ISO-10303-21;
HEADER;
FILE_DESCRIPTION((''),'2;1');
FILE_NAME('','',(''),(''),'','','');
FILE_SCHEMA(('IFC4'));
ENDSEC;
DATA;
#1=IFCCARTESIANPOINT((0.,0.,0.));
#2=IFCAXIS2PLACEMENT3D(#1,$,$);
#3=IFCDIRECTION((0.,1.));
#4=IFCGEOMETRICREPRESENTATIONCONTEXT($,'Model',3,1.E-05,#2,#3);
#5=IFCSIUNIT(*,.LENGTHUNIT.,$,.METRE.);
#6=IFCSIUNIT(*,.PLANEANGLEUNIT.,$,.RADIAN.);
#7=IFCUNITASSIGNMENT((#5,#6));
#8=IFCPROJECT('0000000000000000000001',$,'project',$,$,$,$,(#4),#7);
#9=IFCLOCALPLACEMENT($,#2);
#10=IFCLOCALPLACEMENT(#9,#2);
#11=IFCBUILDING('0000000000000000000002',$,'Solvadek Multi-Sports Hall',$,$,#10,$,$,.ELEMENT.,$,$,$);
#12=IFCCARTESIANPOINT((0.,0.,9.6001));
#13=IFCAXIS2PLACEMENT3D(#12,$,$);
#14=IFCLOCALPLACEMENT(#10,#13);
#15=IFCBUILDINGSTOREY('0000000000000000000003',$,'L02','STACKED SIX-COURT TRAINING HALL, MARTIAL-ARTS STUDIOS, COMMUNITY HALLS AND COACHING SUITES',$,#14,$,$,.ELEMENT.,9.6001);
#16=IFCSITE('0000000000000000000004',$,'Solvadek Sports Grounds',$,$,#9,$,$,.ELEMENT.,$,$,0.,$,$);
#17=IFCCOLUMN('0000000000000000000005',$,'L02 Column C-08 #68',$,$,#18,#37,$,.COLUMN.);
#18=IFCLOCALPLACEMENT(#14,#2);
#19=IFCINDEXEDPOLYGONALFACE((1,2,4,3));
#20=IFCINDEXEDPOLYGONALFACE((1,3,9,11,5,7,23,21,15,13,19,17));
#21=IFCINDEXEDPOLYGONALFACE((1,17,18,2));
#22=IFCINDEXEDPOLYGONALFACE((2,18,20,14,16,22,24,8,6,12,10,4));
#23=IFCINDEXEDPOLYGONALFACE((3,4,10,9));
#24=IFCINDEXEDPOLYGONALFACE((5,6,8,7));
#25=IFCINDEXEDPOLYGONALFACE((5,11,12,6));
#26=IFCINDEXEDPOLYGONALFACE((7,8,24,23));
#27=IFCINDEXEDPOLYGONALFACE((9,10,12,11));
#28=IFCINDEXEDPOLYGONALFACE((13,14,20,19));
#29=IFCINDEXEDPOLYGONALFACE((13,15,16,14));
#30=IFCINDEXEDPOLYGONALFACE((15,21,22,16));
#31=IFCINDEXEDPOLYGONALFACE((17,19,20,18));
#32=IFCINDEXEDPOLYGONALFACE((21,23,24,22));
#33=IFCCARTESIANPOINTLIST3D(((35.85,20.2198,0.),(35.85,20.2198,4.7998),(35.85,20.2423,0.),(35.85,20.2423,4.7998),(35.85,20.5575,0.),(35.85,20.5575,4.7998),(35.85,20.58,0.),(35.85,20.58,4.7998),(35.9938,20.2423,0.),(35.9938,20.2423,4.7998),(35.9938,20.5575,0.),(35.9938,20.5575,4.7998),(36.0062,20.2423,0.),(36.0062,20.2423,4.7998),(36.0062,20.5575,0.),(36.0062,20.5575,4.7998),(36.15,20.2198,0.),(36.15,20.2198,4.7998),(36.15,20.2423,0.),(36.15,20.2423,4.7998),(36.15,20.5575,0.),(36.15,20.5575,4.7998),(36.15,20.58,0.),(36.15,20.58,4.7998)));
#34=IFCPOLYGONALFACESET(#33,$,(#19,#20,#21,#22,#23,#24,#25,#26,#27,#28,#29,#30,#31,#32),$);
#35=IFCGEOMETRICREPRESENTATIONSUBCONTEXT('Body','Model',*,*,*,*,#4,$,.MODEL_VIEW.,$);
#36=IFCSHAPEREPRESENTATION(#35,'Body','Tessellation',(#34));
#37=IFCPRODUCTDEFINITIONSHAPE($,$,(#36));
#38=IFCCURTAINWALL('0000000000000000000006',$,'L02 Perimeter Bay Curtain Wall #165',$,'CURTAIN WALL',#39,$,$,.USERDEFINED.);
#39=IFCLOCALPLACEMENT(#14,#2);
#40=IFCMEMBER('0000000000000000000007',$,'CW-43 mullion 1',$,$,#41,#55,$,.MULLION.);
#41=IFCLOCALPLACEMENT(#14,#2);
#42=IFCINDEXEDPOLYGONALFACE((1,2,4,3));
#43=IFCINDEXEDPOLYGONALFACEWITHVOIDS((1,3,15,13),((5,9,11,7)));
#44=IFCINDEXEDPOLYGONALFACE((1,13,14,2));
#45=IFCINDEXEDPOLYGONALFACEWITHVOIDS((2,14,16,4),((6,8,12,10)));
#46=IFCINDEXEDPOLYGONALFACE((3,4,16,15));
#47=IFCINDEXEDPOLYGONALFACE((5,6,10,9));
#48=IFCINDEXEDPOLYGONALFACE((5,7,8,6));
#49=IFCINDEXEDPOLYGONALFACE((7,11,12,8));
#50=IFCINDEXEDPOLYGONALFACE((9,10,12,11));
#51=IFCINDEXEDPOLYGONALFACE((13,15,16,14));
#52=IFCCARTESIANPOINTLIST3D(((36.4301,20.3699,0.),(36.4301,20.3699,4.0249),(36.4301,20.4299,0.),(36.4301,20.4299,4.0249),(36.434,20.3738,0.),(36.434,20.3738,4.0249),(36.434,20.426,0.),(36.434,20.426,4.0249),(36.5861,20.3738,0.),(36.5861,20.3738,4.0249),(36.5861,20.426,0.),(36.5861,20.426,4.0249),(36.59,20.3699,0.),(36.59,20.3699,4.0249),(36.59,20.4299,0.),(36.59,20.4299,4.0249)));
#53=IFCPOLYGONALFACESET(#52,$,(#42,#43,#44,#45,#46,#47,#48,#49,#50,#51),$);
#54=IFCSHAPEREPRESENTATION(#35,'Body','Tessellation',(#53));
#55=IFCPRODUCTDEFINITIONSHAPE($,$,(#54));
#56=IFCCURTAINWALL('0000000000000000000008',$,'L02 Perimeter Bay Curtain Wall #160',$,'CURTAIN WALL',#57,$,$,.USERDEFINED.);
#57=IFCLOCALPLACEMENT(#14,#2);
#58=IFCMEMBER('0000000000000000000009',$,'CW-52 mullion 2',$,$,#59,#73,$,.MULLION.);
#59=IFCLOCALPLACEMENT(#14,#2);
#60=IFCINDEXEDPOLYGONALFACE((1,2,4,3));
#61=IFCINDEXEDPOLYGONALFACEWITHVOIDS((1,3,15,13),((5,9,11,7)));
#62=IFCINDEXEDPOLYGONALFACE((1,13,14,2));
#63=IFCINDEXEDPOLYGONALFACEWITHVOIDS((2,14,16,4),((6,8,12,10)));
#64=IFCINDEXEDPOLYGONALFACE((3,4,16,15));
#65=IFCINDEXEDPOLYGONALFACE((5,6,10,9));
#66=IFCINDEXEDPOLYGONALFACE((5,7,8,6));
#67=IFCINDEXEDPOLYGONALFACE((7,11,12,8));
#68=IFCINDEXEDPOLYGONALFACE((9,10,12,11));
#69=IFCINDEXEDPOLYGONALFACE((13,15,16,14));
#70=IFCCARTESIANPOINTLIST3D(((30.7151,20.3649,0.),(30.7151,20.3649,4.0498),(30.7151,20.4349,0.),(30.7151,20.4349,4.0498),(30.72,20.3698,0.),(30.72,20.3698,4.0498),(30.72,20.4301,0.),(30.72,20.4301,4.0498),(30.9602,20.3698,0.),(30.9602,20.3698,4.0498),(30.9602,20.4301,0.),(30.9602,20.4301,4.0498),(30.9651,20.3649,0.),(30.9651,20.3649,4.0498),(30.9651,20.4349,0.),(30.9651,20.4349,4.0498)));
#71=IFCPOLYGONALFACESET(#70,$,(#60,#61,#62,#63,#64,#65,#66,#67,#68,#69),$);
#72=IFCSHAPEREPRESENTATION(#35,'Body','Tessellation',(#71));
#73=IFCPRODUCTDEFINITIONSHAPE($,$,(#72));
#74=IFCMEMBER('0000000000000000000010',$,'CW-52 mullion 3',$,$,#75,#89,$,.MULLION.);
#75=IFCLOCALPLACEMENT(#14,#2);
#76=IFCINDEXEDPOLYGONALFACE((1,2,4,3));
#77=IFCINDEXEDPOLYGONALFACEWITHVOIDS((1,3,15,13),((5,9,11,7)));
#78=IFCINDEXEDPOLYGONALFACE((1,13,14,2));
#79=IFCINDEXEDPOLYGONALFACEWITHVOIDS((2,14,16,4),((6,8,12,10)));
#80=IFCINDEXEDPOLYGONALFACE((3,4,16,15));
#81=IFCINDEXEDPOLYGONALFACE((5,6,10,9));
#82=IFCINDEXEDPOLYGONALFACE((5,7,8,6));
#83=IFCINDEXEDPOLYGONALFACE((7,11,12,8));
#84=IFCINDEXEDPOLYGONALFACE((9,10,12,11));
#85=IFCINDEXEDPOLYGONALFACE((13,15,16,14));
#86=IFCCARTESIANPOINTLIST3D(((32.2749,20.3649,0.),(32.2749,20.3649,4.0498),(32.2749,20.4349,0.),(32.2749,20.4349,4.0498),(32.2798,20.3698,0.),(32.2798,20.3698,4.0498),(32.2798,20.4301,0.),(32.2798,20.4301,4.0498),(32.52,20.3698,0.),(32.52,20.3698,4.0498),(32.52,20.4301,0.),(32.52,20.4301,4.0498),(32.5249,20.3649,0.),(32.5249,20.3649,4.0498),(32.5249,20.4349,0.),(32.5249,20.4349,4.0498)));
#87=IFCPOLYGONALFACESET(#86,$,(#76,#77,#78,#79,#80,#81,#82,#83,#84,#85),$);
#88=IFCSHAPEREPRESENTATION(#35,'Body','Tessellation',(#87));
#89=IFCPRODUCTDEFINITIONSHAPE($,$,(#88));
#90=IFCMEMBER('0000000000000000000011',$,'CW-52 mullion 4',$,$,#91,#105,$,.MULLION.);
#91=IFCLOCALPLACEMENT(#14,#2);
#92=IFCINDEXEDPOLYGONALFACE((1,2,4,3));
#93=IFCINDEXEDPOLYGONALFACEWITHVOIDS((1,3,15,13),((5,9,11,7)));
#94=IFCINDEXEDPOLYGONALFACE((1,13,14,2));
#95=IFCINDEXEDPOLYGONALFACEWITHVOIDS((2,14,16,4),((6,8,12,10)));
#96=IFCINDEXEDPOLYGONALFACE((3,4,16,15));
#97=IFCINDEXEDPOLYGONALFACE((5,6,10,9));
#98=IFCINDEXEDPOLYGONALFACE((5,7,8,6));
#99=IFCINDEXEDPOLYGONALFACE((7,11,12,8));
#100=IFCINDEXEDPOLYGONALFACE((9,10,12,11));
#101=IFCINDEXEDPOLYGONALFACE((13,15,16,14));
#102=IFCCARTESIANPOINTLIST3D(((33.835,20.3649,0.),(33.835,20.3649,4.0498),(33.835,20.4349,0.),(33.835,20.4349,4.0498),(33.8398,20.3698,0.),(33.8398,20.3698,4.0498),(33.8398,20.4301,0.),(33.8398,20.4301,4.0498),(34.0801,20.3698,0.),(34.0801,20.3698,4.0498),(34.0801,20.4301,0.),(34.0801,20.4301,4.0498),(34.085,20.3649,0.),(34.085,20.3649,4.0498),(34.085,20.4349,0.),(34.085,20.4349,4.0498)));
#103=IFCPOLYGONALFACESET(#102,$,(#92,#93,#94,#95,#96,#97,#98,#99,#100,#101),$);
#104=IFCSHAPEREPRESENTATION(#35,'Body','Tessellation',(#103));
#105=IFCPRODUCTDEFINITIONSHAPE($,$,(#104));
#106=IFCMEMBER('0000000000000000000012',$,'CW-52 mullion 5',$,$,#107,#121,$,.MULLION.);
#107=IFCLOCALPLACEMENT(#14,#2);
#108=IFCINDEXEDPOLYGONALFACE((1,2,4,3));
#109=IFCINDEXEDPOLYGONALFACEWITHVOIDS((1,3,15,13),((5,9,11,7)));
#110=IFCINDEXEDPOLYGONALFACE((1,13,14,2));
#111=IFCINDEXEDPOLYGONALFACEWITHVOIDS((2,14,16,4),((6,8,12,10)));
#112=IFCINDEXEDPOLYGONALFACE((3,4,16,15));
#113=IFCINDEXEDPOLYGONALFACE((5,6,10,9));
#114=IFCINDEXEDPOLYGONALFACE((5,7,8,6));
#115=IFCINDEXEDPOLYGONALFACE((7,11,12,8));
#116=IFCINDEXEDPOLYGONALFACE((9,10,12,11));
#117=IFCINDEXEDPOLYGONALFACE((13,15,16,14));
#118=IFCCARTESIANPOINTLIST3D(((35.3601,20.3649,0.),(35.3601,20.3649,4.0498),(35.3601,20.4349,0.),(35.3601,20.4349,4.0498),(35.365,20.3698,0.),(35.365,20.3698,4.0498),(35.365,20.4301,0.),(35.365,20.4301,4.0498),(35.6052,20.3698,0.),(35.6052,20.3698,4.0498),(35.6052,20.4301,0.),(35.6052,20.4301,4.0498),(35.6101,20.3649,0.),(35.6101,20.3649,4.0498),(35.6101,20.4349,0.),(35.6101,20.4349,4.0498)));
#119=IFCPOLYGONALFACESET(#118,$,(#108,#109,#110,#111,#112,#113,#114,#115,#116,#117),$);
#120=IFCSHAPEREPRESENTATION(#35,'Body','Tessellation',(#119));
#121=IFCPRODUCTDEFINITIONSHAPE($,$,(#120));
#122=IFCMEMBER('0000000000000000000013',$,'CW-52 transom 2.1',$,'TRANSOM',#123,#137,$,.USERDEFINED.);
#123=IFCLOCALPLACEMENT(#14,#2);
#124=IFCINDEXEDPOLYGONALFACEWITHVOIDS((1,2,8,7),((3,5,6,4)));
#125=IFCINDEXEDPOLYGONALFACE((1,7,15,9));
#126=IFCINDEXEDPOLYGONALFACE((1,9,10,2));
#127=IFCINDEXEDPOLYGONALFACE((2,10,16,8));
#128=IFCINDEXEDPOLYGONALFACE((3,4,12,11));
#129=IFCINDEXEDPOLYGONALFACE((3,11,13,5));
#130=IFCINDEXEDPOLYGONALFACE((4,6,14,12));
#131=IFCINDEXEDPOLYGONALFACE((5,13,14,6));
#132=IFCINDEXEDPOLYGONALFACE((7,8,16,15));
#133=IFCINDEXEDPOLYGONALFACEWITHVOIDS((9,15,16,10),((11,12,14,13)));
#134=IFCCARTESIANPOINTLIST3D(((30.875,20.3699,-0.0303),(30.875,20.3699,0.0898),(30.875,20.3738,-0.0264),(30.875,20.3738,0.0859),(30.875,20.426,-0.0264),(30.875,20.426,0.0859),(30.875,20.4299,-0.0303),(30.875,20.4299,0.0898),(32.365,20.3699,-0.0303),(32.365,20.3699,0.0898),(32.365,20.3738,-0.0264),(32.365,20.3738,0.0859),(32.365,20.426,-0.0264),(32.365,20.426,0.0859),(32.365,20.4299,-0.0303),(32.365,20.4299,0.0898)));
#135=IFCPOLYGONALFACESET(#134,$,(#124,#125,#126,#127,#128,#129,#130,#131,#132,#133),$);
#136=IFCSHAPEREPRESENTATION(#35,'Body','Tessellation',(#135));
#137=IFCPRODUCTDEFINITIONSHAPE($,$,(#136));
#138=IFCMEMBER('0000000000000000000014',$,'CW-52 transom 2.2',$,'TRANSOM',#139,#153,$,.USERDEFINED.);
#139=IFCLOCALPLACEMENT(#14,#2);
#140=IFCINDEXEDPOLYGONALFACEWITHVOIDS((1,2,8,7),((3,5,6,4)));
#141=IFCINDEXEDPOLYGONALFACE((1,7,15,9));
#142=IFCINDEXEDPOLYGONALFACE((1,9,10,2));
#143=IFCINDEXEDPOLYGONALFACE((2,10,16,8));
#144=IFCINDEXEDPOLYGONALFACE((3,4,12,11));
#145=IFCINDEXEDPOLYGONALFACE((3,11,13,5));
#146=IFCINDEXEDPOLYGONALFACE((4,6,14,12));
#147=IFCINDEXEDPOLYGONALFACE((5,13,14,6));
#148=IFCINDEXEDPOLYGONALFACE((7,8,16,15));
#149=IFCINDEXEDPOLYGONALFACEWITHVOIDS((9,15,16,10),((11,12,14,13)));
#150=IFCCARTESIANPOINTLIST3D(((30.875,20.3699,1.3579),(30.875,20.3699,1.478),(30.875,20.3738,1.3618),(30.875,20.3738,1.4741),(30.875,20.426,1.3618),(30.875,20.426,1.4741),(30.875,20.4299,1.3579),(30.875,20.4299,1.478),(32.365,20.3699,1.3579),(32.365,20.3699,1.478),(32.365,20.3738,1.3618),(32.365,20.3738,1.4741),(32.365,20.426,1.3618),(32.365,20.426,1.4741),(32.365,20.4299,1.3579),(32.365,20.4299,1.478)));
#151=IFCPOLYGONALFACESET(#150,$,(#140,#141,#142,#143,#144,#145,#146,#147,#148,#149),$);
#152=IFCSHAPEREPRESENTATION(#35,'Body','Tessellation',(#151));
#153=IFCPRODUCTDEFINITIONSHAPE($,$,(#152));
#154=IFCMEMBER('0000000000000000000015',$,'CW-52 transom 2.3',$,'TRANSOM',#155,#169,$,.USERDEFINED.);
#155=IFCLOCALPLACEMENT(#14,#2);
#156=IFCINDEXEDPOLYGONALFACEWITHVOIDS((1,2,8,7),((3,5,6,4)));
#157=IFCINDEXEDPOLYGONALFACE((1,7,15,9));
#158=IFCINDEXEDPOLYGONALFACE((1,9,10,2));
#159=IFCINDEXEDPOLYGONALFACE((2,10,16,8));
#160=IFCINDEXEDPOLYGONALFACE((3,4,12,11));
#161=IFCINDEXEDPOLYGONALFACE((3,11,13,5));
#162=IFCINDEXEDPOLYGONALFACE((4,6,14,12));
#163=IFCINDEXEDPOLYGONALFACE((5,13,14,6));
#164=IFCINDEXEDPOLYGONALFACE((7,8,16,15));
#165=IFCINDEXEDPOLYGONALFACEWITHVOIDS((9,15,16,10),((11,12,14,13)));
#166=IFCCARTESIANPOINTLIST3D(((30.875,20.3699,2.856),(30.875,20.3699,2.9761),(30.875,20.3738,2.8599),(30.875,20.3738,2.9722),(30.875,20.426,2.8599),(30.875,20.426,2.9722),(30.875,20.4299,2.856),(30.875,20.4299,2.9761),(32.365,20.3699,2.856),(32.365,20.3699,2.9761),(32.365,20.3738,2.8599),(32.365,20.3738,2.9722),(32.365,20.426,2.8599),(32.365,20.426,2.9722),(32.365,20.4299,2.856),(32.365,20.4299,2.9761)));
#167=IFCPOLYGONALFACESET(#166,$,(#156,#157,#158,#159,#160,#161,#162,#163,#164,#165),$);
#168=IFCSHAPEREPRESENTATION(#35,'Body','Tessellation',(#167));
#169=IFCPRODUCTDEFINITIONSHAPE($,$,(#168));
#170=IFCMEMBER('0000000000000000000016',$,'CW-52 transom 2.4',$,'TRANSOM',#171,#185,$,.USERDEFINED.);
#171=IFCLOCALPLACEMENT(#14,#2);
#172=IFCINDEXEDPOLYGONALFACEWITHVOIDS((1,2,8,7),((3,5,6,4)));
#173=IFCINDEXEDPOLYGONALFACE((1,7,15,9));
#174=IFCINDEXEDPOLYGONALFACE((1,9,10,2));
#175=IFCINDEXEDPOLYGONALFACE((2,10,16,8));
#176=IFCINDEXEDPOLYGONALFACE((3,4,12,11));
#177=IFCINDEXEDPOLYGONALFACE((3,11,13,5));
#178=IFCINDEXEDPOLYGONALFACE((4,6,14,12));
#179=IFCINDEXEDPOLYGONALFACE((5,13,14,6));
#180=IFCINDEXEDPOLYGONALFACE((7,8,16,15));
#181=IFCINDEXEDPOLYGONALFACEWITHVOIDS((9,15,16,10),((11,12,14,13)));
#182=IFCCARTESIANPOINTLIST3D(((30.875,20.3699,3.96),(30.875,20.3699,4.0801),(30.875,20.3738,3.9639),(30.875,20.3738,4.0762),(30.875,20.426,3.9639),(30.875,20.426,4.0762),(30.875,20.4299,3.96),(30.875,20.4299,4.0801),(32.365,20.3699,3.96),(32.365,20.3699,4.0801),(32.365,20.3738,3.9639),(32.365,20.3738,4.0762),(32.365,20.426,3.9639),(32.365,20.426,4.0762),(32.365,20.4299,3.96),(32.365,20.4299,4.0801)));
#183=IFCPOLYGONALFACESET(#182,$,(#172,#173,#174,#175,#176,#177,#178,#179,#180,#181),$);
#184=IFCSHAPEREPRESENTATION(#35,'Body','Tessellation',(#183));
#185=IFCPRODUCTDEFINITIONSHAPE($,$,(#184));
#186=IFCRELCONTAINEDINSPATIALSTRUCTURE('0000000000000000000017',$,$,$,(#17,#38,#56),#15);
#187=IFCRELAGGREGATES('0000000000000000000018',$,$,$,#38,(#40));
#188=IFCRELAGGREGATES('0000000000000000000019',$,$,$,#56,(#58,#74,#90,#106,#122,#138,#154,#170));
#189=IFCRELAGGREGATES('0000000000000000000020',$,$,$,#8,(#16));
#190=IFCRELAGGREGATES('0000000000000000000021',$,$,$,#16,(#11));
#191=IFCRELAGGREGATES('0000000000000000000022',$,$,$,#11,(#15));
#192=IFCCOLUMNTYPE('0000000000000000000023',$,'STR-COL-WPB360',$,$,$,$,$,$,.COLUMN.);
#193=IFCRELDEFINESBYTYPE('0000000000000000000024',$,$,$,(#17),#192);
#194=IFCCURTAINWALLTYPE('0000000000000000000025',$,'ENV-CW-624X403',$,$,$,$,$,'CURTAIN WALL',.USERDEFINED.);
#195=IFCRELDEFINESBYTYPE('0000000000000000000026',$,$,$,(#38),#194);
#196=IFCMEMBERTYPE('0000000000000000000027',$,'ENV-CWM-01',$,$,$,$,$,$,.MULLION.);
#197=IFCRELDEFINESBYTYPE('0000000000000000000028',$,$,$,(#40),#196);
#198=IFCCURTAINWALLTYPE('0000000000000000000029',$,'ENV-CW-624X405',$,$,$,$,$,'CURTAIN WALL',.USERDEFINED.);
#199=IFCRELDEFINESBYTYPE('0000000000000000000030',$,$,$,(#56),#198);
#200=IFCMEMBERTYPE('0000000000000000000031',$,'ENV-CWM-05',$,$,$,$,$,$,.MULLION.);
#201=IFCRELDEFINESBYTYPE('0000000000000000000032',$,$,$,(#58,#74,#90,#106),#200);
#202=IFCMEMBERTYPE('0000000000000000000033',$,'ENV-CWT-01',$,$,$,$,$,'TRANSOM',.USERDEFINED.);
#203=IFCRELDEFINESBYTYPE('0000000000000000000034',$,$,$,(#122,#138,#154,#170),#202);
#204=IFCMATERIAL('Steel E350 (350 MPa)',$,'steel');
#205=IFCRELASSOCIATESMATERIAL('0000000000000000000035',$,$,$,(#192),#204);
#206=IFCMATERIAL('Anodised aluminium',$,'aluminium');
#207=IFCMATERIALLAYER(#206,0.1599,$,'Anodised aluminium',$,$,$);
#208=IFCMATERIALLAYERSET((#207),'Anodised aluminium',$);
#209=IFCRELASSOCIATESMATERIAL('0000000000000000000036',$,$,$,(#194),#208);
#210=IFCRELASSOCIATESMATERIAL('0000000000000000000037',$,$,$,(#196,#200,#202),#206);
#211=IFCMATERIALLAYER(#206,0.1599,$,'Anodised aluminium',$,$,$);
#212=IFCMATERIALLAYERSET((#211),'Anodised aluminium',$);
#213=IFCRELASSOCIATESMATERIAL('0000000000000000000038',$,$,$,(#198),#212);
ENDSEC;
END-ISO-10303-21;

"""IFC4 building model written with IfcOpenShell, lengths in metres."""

from ifc_helpers import new_model, si_unit, direction, frame, origin, origin_2d, place, context, subcontext, project, spatial, hollow_rectangle, i_section, extrude, material, layer, layer_set, material_profile, profile_set, type_object, element, aggregate, save


model = new_model("IFC4")

# Units and contexts
model_context = context("Model", 3, precision=1e-05, world=origin(), true_north=direction((0.0, 1.0)))
body_context = subcontext(model_context, "Body", "Model", "MODEL_VIEW")
ifc_project = project(units=[si_unit("LENGTHUNIT", "METRE"), si_unit("PLANEANGLEUNIT", "RADIAN")], contexts=[model_context])

# Site, building, storey
site_placement = place(None, origin())
site = spatial("IfcSite", under=ifc_project, at=site_placement, Name="Solvadek Sports Grounds", CompositionType="ELEMENT", RefElevation=0.0)
building_placement = place(site_placement, origin())
building = spatial("IfcBuilding", under=site, at=building_placement, Name="Solvadek Multi-Sports Hall", CompositionType="ELEMENT")
storey_placement = place(building_placement, frame((0.0, 0.0, 9.6001)))
storey = spatial("IfcBuildingStorey", under=building, at=storey_placement, Name="L02", Description="STACKED SIX-COURT TRAINING HALL, MARTIAL-ARTS STUDIOS, COMMUNITY HALLS AND COACHING SUITES", CompositionType="ELEMENT", Elevation=9.6001)

# Column
ifc_material_1 = material(Name="Steel E350 (350 MPa)", Category="steel")
ifc_material_profile_1 = material_profile(ifc_material_1, i_section(OverallWidth=0.3, OverallDepth=0.3601, WebThickness=0.0125, FlangeThickness=0.0225, at=origin_2d()), Name="WPB 360")
ifc_profile_set_1 = profile_set([ifc_material_profile_1], Name="Steel E350 (350 MPa)")
column_type = type_object("IfcColumnType", Name="STR-COL-WPB360", PredefinedType="COLUMN", material=ifc_profile_set_1)
column_placement = place(storey_placement, frame((36.0, 20.3999, 0.0), z_axis=(0.0, 0.0, 1.0), x_axis=(1.0, 0.0, 0.0)))
element("IfcColumn", 1, at=column_placement, inside=storey, type_object=column_type, Name="L02 Column C-08 #68", PredefinedType="COLUMN", context=body_context, shape_type="SweptSolid", body=[
    extrude(i_section(OverallWidth=0.3, OverallDepth=0.3601, WebThickness=0.0125, FlangeThickness=0.0225, at=origin_2d()), origin(), (0.0, 0.0, 1.0), 4.7998),
])

# Curtain wall, member
ifc_material_2 = material(Name="Anodised aluminium", Category="aluminium")
ifc_layer_1 = layer(ifc_material_2, 0.1599, Name="Anodised aluminium")
ifc_layer_set_1 = layer_set([ifc_layer_1], Name="Anodised aluminium")
curtain_wall_type_1 = type_object("IfcCurtainWallType", Name="ENV-CW-624X403", ElementType="CURTAIN WALL", PredefinedType="USERDEFINED", material=ifc_layer_set_1)
curtain_wall_1_placement = place(storey_placement, origin())
curtain_wall_1 = element("IfcCurtainWall", 2, at=curtain_wall_1_placement, inside=storey, type_object=curtain_wall_type_1, Name="L02 Perimeter Bay Curtain Wall #165", ObjectType="CURTAIN WALL", PredefinedType="USERDEFINED")
ifc_material_profile_2 = material_profile(ifc_material_2, hollow_rectangle(XDim=0.0601, YDim=0.1599, WallThickness=0.0039, at=origin_2d()), Name="ALU-M 160x60x4")
ifc_profile_set_2 = profile_set([ifc_material_profile_2], Name="Anodised aluminium")
member_type_1 = type_object("IfcMemberType", Name="ENV-CWM-01", PredefinedType="MULLION", material=ifc_profile_set_2)
member_1_placement = place(storey_placement, frame((36.51, 20.3999, 0.0), z_axis=(0.0, 0.0, 1.0), x_axis=(0.0, 1.0, 0.0)))
member_1 = element("IfcMember", 3, at=member_1_placement, type_object=member_type_1, Name="CW-43 mullion 1", PredefinedType="MULLION", context=body_context, shape_type="SweptSolid", body=[
    extrude(hollow_rectangle(XDim=0.0601, YDim=0.1599, WallThickness=0.0039, at=origin_2d()), origin(), (0.0, 0.0, 1.0), 4.0249),
])

# Curtain wall, members
ifc_layer_2 = layer(ifc_material_2, 0.1599, Name="Anodised aluminium")
ifc_layer_set_2 = layer_set([ifc_layer_2], Name="Anodised aluminium")
curtain_wall_type_2 = type_object("IfcCurtainWallType", Name="ENV-CW-624X405", ElementType="CURTAIN WALL", PredefinedType="USERDEFINED", material=ifc_layer_set_2)
curtain_wall_2_placement = place(storey_placement, origin())
curtain_wall_2 = element("IfcCurtainWall", 4, at=curtain_wall_2_placement, inside=storey, type_object=curtain_wall_type_2, Name="L02 Perimeter Bay Curtain Wall #160", ObjectType="CURTAIN WALL", PredefinedType="USERDEFINED")
ifc_material_profile_3 = material_profile(ifc_material_2, hollow_rectangle(XDim=0.0701, YDim=0.25, WallThickness=0.0049, at=origin_2d()), Name="ALU-M 250x70x5")
ifc_profile_set_3 = profile_set([ifc_material_profile_3], Name="Anodised aluminium")
member_type_2 = type_object("IfcMemberType", Name="ENV-CWM-05", PredefinedType="MULLION", material=ifc_profile_set_3)
member_2_placement = place(storey_placement, frame((30.8401, 20.3999, 0.0), z_axis=(0.0, 0.0, 1.0), x_axis=(0.0, 1.0, 0.0)))
member_2 = element("IfcMember", 5, at=member_2_placement, type_object=member_type_2, Name="CW-52 mullion 2", PredefinedType="MULLION", context=body_context, shape_type="SweptSolid", body=[
    extrude(hollow_rectangle(XDim=0.0701, YDim=0.25, WallThickness=0.0049, at=origin_2d()), origin(), (0.0, 0.0, 1.0), 4.0498),
])
member_3_placement = place(storey_placement, frame((32.3999, 20.3999, 0.0), z_axis=(0.0, 0.0, 1.0), x_axis=(0.0, 1.0, 0.0)))
member_3 = element("IfcMember", 6, at=member_3_placement, type_object=member_type_2, Name="CW-52 mullion 3", PredefinedType="MULLION", context=body_context, shape_type="SweptSolid", body=[
    extrude(hollow_rectangle(XDim=0.0701, YDim=0.25, WallThickness=0.0049, at=origin_2d()), origin(), (0.0, 0.0, 1.0), 4.0498),
])
member_4_placement = place(storey_placement, frame((33.96, 20.3999, 0.0), z_axis=(0.0, 0.0, 1.0), x_axis=(0.0, 1.0, 0.0)))
member_4 = element("IfcMember", 7, at=member_4_placement, type_object=member_type_2, Name="CW-52 mullion 4", PredefinedType="MULLION", context=body_context, shape_type="SweptSolid", body=[
    extrude(hollow_rectangle(XDim=0.0701, YDim=0.25, WallThickness=0.0049, at=origin_2d()), origin(), (0.0, 0.0, 1.0), 4.0498),
])
member_5_placement = place(storey_placement, frame((35.4851, 20.3999, 0.0), z_axis=(0.0, 0.0, 1.0), x_axis=(0.0, 1.0, 0.0)))
member_5 = element("IfcMember", 8, at=member_5_placement, type_object=member_type_2, Name="CW-52 mullion 5", PredefinedType="MULLION", context=body_context, shape_type="SweptSolid", body=[
    extrude(hollow_rectangle(XDim=0.0701, YDim=0.25, WallThickness=0.0049, at=origin_2d()), origin(), (0.0, 0.0, 1.0), 4.0498),
])
ifc_material_profile_4 = material_profile(ifc_material_2, hollow_rectangle(XDim=0.0601, YDim=0.1201, WallThickness=0.0039, at=origin_2d()), Name="ALU-T 120x60x4")
ifc_profile_set_4 = profile_set([ifc_material_profile_4], Name="Anodised aluminium")
member_type_3 = type_object("IfcMemberType", Name="ENV-CWT-01", ElementType="TRANSOM", PredefinedType="USERDEFINED", material=ifc_profile_set_4)
member_6_placement = place(storey_placement, frame((30.875, 20.3999, 0.0298), z_axis=(1.0, 0.0, 0.0), x_axis=(0.0, 1.0, 0.0)))
member_6 = element("IfcMember", 9, at=member_6_placement, type_object=member_type_3, Name="CW-52 transom 2.1", ObjectType="TRANSOM", PredefinedType="USERDEFINED", context=body_context, shape_type="SweptSolid", body=[
    extrude(hollow_rectangle(XDim=0.0601, YDim=0.1201, WallThickness=0.0039, at=origin_2d()), origin(), (0.0, 0.0, 1.0), 1.49),
])
member_7_placement = place(storey_placement, frame((30.875, 20.3999, 1.418), z_axis=(1.0, 0.0, 0.0), x_axis=(0.0, 1.0, 0.0)))
member_7 = element("IfcMember", 10, at=member_7_placement, type_object=member_type_3, Name="CW-52 transom 2.2", ObjectType="TRANSOM", PredefinedType="USERDEFINED", context=body_context, shape_type="SweptSolid", body=[
    extrude(hollow_rectangle(XDim=0.0601, YDim=0.1201, WallThickness=0.0039, at=origin_2d()), origin(), (0.0, 0.0, 1.0), 1.49),
])
member_8_placement = place(storey_placement, frame((30.875, 20.3999, 2.916), z_axis=(1.0, 0.0, 0.0), x_axis=(0.0, 1.0, 0.0)))
member_8 = element("IfcMember", 11, at=member_8_placement, type_object=member_type_3, Name="CW-52 transom 2.3", ObjectType="TRANSOM", PredefinedType="USERDEFINED", context=body_context, shape_type="SweptSolid", body=[
    extrude(hollow_rectangle(XDim=0.0601, YDim=0.1201, WallThickness=0.0039, at=origin_2d()), origin(), (0.0, 0.0, 1.0), 1.49),
])
member_9_placement = place(storey_placement, frame((30.875, 20.3999, 4.02), z_axis=(1.0, 0.0, 0.0), x_axis=(0.0, 1.0, 0.0)))
member_9 = element("IfcMember", 12, at=member_9_placement, type_object=member_type_3, Name="CW-52 transom 2.4", ObjectType="TRANSOM", PredefinedType="USERDEFINED", context=body_context, shape_type="SweptSolid", body=[
    extrude(hollow_rectangle(XDim=0.0601, YDim=0.1201, WallThickness=0.0039, at=origin_2d()), origin(), (0.0, 0.0, 1.0), 1.49),
])

aggregate(curtain_wall_1, [member_1])

aggregate(curtain_wall_2, [member_2, member_3, member_4, member_5, member_6, member_7, member_8, member_9])

save(model, "model.ifc")
